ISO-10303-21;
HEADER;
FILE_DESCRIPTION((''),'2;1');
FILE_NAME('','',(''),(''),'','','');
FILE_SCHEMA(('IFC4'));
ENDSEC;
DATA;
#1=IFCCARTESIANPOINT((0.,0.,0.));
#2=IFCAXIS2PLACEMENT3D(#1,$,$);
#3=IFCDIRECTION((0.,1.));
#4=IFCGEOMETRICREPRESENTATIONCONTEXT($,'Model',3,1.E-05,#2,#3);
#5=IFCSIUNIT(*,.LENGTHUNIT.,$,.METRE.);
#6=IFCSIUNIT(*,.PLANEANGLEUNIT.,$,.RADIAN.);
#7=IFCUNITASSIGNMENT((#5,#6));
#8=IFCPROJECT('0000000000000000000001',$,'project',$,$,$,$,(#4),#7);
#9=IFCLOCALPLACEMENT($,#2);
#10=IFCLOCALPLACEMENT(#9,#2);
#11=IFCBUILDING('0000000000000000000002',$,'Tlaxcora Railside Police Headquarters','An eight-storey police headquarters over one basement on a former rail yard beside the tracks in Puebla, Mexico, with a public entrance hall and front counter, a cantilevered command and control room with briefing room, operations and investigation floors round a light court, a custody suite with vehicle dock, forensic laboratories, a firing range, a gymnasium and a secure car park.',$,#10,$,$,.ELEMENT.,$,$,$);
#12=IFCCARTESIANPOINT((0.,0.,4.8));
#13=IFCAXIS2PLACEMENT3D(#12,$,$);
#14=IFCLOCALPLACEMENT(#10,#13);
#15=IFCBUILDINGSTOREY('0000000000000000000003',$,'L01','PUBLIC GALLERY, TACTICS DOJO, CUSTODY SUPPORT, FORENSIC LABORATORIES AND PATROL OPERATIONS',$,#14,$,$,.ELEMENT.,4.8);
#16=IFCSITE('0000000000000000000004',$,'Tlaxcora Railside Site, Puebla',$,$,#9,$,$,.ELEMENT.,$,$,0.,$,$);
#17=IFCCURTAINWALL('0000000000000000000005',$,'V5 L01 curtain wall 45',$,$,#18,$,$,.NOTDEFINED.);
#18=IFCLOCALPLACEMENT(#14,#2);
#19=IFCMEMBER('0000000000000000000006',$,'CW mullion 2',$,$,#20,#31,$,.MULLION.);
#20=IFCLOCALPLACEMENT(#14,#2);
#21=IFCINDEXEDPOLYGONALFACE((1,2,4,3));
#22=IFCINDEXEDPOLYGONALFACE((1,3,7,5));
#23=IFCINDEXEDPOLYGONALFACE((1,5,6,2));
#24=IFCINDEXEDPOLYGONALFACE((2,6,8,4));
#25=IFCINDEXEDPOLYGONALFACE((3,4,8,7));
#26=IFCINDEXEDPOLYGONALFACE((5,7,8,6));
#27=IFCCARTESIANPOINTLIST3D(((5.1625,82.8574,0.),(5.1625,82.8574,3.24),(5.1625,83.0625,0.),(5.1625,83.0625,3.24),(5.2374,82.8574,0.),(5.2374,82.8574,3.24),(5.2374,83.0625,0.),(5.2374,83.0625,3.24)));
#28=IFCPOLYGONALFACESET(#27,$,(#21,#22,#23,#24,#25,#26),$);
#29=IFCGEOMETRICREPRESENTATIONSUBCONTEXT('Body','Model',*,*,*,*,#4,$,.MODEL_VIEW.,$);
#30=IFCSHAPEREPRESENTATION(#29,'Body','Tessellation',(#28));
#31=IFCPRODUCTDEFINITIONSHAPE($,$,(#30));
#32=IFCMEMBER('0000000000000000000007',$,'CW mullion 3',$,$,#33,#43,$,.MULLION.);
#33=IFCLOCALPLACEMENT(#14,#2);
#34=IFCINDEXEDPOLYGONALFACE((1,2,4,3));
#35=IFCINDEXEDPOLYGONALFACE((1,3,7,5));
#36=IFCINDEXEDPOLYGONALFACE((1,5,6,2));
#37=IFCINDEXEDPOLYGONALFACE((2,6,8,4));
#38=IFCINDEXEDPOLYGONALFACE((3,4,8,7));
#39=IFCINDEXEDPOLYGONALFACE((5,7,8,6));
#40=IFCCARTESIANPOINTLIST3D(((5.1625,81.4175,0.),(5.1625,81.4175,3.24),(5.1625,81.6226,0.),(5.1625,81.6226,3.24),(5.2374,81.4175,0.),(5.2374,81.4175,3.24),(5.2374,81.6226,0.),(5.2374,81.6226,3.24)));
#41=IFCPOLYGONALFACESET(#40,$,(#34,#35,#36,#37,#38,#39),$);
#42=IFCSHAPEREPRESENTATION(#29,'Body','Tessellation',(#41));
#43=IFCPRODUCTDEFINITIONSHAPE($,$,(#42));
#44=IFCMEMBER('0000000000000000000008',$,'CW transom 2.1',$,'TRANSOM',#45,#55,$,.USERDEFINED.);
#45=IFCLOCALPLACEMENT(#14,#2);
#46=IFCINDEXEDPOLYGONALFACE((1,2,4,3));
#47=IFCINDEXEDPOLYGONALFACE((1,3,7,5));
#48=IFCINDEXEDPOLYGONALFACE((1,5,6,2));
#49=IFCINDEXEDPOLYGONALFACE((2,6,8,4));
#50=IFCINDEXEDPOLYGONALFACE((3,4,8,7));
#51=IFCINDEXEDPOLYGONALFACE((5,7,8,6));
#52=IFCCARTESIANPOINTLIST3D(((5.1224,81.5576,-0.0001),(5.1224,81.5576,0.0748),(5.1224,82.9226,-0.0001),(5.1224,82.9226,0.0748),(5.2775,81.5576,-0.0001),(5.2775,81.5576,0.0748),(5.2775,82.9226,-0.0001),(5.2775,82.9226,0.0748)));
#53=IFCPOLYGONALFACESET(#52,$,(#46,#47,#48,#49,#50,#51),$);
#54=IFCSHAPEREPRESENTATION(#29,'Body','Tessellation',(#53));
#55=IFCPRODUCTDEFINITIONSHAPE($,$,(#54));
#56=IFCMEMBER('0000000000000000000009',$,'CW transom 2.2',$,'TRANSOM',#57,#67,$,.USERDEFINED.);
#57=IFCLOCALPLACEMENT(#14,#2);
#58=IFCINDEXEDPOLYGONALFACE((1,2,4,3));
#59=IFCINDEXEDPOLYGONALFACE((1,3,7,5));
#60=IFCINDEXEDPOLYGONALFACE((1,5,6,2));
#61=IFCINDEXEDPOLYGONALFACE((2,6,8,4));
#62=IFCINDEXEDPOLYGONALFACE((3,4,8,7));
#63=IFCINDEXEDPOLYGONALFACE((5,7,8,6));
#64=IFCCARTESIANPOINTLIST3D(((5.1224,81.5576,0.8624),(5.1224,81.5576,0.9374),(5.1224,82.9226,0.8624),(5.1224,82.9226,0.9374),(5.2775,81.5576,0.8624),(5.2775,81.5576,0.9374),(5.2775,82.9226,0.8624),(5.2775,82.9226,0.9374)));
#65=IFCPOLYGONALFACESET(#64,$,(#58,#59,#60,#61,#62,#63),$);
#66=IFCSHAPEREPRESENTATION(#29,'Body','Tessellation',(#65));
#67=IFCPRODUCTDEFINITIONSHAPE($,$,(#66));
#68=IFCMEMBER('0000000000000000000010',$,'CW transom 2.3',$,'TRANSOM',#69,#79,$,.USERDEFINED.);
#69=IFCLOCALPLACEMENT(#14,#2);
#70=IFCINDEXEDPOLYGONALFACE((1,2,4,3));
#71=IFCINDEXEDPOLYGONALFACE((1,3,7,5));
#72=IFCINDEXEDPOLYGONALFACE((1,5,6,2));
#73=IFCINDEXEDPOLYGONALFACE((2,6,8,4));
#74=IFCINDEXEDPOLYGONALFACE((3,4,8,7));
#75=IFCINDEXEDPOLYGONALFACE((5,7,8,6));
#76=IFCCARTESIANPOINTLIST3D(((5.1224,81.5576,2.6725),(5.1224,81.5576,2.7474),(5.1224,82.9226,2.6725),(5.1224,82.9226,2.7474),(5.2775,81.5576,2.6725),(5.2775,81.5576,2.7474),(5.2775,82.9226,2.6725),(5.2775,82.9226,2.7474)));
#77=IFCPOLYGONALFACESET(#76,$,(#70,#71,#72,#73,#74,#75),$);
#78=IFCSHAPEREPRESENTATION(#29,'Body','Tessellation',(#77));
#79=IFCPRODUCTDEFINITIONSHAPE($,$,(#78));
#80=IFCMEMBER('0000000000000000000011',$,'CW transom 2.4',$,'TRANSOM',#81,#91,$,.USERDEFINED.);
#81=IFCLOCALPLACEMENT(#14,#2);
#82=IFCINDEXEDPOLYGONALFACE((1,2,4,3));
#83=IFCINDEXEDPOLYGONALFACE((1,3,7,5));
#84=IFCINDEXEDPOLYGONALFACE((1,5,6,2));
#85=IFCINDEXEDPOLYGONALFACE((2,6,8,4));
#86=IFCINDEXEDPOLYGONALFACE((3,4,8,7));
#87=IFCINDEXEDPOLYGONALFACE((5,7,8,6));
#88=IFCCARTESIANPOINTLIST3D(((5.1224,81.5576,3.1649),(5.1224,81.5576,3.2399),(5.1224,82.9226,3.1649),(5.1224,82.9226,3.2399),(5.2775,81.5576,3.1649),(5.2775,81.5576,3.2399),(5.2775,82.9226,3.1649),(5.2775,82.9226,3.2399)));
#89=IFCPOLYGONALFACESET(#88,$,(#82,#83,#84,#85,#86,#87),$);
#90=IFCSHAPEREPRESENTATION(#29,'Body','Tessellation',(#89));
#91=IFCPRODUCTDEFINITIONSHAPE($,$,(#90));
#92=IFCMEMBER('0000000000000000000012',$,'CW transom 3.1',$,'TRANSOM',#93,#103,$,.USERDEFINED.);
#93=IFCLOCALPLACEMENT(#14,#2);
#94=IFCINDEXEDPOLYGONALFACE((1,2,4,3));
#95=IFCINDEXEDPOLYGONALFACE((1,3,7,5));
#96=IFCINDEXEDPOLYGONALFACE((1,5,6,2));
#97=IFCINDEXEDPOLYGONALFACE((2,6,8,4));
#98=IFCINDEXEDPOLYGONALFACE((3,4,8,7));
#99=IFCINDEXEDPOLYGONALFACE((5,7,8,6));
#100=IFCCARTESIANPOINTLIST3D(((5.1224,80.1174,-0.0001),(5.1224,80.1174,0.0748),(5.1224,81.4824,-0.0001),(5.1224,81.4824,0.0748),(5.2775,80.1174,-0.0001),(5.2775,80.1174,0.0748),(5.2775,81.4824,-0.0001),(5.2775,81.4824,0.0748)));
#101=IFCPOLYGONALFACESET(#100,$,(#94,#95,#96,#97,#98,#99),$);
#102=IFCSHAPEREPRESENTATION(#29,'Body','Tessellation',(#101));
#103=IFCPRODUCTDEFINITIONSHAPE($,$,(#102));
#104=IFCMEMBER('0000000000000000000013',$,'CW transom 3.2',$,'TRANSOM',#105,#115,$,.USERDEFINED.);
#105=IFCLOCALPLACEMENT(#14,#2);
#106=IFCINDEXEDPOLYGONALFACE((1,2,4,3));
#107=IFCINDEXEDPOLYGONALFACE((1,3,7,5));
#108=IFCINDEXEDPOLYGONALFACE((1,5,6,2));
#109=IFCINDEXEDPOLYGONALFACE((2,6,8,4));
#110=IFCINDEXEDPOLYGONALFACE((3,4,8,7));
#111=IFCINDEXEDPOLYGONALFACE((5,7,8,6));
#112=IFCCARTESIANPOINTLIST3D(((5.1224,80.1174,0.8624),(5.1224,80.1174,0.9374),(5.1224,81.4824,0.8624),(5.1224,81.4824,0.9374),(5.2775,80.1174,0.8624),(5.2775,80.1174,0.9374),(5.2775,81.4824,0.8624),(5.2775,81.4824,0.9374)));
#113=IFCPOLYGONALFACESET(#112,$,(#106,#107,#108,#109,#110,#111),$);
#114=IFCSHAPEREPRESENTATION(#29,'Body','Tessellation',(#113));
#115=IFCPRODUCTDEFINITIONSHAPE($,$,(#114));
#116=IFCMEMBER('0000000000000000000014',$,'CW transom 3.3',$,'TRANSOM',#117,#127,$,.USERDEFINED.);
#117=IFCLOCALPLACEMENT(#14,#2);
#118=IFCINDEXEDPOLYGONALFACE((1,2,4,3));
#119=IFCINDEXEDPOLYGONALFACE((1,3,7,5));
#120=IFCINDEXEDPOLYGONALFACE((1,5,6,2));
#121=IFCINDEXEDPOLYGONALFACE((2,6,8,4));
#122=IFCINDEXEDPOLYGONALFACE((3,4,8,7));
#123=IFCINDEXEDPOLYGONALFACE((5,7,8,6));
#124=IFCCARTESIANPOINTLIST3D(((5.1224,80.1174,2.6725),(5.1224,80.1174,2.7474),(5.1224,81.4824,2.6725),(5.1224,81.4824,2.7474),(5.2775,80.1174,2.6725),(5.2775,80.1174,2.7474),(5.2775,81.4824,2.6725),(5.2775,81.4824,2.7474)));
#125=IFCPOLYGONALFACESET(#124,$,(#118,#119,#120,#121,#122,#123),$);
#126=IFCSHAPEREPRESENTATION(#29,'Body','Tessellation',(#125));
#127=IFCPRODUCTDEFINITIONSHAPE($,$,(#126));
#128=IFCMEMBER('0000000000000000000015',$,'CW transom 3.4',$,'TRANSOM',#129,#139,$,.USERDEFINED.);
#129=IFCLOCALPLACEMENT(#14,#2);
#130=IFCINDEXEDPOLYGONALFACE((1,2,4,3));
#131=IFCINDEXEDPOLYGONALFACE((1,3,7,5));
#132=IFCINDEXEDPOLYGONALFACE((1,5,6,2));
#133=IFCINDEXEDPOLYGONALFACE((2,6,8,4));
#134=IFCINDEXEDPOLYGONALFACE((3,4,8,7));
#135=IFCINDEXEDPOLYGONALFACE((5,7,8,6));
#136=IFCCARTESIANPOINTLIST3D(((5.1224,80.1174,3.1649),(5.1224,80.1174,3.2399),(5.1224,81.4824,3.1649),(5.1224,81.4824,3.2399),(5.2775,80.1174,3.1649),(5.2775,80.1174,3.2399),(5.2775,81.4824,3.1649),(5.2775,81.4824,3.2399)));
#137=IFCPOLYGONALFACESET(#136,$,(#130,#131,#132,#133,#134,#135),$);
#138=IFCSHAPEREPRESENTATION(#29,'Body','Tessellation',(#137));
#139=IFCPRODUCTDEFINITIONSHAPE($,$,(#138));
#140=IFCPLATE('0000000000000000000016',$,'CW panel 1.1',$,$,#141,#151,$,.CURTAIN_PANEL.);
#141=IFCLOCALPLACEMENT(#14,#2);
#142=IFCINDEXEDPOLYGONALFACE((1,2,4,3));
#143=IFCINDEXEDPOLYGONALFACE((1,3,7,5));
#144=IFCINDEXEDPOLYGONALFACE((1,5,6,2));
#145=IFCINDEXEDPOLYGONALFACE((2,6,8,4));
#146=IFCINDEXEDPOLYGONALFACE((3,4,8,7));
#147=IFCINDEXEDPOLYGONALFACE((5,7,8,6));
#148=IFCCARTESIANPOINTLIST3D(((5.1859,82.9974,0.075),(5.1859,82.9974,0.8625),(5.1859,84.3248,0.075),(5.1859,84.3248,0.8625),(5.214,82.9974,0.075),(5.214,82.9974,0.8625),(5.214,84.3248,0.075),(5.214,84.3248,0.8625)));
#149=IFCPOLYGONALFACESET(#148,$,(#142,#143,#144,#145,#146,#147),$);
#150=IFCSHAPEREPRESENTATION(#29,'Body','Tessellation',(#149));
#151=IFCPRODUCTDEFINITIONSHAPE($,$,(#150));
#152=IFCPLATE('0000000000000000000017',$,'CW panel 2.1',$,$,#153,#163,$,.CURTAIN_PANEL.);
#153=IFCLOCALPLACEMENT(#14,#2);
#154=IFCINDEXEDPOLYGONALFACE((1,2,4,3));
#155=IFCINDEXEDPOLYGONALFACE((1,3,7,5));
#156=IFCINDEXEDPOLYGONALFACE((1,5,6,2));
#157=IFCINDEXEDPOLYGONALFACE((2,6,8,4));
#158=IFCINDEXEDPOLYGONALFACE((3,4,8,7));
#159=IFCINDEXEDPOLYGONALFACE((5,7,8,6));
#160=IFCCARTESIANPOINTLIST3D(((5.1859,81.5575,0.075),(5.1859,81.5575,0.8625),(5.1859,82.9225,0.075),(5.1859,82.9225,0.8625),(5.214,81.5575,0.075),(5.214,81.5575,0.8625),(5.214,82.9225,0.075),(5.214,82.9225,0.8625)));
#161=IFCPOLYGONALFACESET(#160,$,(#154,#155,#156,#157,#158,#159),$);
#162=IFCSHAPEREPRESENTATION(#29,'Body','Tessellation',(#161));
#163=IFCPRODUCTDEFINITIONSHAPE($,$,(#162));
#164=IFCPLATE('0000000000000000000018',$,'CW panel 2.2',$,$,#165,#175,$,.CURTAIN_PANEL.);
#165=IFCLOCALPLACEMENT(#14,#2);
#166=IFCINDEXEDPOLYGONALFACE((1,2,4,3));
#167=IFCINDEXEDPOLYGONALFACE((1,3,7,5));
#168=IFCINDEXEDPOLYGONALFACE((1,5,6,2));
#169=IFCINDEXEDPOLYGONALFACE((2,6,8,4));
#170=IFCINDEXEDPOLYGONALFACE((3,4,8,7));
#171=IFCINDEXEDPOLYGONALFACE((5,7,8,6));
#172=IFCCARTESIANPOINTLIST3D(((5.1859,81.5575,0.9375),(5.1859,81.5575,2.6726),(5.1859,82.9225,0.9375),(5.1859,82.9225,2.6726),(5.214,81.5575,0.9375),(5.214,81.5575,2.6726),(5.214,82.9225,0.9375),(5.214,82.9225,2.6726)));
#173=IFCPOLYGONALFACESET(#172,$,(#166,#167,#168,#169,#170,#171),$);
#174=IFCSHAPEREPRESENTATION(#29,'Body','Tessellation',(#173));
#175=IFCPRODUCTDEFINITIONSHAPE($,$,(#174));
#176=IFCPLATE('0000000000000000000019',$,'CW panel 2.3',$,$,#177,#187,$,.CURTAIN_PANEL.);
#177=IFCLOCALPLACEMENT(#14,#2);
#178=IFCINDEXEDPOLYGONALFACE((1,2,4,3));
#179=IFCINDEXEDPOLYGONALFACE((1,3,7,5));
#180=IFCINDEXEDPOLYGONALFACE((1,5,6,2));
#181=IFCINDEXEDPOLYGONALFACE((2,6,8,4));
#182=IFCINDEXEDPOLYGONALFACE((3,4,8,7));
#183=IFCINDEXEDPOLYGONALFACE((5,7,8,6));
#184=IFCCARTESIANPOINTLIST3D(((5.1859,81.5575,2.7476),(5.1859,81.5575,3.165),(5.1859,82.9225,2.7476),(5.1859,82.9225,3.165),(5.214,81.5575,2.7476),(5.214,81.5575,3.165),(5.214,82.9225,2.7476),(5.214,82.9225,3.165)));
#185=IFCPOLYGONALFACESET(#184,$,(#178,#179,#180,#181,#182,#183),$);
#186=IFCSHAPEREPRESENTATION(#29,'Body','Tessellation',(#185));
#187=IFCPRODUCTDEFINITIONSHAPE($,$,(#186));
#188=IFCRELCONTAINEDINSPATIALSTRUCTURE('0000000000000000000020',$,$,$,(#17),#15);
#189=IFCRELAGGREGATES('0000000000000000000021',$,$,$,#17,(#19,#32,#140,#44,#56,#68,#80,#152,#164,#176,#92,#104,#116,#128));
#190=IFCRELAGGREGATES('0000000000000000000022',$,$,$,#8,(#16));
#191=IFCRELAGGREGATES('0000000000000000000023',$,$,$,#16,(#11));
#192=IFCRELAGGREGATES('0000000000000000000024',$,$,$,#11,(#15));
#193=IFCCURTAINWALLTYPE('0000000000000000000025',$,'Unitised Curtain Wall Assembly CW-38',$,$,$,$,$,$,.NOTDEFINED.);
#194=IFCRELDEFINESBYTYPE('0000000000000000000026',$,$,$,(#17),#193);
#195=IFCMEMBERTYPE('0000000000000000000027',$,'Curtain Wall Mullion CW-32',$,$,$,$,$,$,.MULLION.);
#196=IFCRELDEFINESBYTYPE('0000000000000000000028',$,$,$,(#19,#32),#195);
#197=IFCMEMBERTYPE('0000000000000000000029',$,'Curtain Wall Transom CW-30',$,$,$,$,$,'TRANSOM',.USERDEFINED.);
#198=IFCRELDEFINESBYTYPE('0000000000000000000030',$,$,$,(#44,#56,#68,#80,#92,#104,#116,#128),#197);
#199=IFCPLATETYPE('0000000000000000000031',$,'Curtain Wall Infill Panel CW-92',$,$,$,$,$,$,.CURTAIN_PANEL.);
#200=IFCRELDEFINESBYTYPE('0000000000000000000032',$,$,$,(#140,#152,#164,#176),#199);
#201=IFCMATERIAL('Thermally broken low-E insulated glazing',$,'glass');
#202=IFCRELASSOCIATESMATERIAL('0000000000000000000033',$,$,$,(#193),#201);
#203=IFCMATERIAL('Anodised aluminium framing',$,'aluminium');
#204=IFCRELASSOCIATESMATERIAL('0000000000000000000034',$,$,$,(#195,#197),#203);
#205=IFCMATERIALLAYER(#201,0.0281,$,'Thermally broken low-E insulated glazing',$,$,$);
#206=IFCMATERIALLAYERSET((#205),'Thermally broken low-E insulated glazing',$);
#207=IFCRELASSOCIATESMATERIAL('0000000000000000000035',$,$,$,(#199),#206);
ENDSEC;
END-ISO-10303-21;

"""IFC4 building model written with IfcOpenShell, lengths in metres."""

from ifc_helpers import new_model, si_unit, direction, frame, origin, origin_2d, place, context, subcontext, project, spatial, rectangle, extrude, material, layer, layer_set, material_profile, profile_set, type_object, element, aggregate, save


model = new_model("IFC4")

# Units and contexts
model_context = context("Model", 3, precision=1e-05, world=origin(), true_north=direction((0.0, 1.0)))
body_context = subcontext(model_context, "Body", "Model", "MODEL_VIEW")
ifc_project = project(units=[si_unit("LENGTHUNIT", "METRE"), si_unit("PLANEANGLEUNIT", "RADIAN")], contexts=[model_context])

# Site, building, storey
site_placement = place(None, origin())
site = spatial("IfcSite", under=ifc_project, at=site_placement, Name="Tlaxcora Railside Site, Puebla", CompositionType="ELEMENT", RefElevation=0.0)
building_placement = place(site_placement, origin())
building = spatial("IfcBuilding", under=site, at=building_placement, Name="Tlaxcora Railside Police Headquarters", Description="An eight-storey police headquarters over one basement on a former rail yard beside the tracks in Puebla, Mexico, with a public entrance hall and front counter, a cantilevered command and control room with briefing room, operations and investigation floors round a light court, a custody suite with vehicle dock, forensic laboratories, a firing range, a gymnasium and a secure car park.", CompositionType="ELEMENT")
storey_placement = place(building_placement, frame((0.0, 0.0, 4.8)))
storey = spatial("IfcBuildingStorey", under=building, at=storey_placement, Name="L01", Description="PUBLIC GALLERY, TACTICS DOJO, CUSTODY SUPPORT, FORENSIC LABORATORIES AND PATROL OPERATIONS", CompositionType="ELEMENT", Elevation=4.8)

# Curtain wall, members, plates
ifc_material_1 = material(Name="Thermally broken low-E insulated glazing", Category="glass")
curtain_wall_type = type_object("IfcCurtainWallType", Name="Unitised Curtain Wall Assembly CW-38", PredefinedType="NOTDEFINED", material=ifc_material_1)
curtain_wall_placement = place(storey_placement, origin())
curtain_wall = element("IfcCurtainWall", 1, at=curtain_wall_placement, inside=storey, type_object=curtain_wall_type, Name="V5 L01 curtain wall 45", PredefinedType="NOTDEFINED")
ifc_material_2 = material(Name="Anodised aluminium framing", Category="aluminium")
ifc_material_profile_1 = material_profile(ifc_material_2, rectangle(XDim=0.075, YDim=0.2051, at=origin_2d()), Name="AL75X205")
ifc_profile_set_1 = profile_set([ifc_material_profile_1], Name="Anodised aluminium framing")
member_type_1 = type_object("IfcMemberType", Name="Curtain Wall Mullion CW-32", PredefinedType="MULLION", material=ifc_profile_set_1)
member_1_placement = place(storey_placement, frame((5.2, 82.96, 0.0), z_axis=(0.0, 0.0, 1.0), x_axis=(1.0, 0.0, 0.0)))
member_1 = element("IfcMember", 2, at=member_1_placement, type_object=member_type_1, Name="CW mullion 2", PredefinedType="MULLION", context=body_context, shape_type="SweptSolid", body=[
    extrude(rectangle(XDim=0.075, YDim=0.2051, at=origin_2d()), origin(), (0.0, 0.0, 1.0), 3.24),
])
member_2_placement = place(storey_placement, frame((5.2, 81.52, 0.0), z_axis=(0.0, 0.0, 1.0), x_axis=(1.0, 0.0, 0.0)))
member_2 = element("IfcMember", 3, at=member_2_placement, type_object=member_type_1, Name="CW mullion 3", PredefinedType="MULLION", context=body_context, shape_type="SweptSolid", body=[
    extrude(rectangle(XDim=0.075, YDim=0.2051, at=origin_2d()), origin(), (0.0, 0.0, 1.0), 3.24),
])
ifc_material_profile_2 = material_profile(ifc_material_2, rectangle(XDim=0.155, YDim=0.075, at=origin_2d()), Name="AL75X155")
ifc_profile_set_2 = profile_set([ifc_material_profile_2], Name="Anodised aluminium framing")
member_type_2 = type_object("IfcMemberType", Name="Curtain Wall Transom CW-30", ElementType="TRANSOM", PredefinedType="USERDEFINED", material=ifc_profile_set_2)
member_3_placement = place(storey_placement, frame((5.2, 82.9226, 0.0374), z_axis=(0.0, -1.0, 0.0), x_axis=(1.0, 0.0, 0.0)))
member_3 = element("IfcMember", 4, at=member_3_placement, type_object=member_type_2, Name="CW transom 2.1", ObjectType="TRANSOM", PredefinedType="USERDEFINED", context=body_context, shape_type="SweptSolid", body=[
    extrude(rectangle(XDim=0.155, YDim=0.075, at=origin_2d()), origin(), (0.0, 0.0, 1.0), 1.365),
])
member_4_placement = place(storey_placement, frame((5.2, 82.9226, 0.8999), z_axis=(0.0, -1.0, 0.0), x_axis=(1.0, 0.0, 0.0)))
member_4 = element("IfcMember", 5, at=member_4_placement, type_object=member_type_2, Name="CW transom 2.2", ObjectType="TRANSOM", PredefinedType="USERDEFINED", context=body_context, shape_type="SweptSolid", body=[
    extrude(rectangle(XDim=0.155, YDim=0.075, at=origin_2d()), origin(), (0.0, 0.0, 1.0), 1.365),
])
member_5_placement = place(storey_placement, frame((5.2, 82.9226, 2.71), z_axis=(0.0, -1.0, 0.0), x_axis=(1.0, 0.0, 0.0)))
member_5 = element("IfcMember", 6, at=member_5_placement, type_object=member_type_2, Name="CW transom 2.3", ObjectType="TRANSOM", PredefinedType="USERDEFINED", context=body_context, shape_type="SweptSolid", body=[
    extrude(rectangle(XDim=0.155, YDim=0.075, at=origin_2d()), origin(), (0.0, 0.0, 1.0), 1.365),
])
member_6_placement = place(storey_placement, frame((5.2, 82.9226, 3.2024), z_axis=(0.0, -1.0, 0.0), x_axis=(1.0, 0.0, 0.0)))
member_6 = element("IfcMember", 7, at=member_6_placement, type_object=member_type_2, Name="CW transom 2.4", ObjectType="TRANSOM", PredefinedType="USERDEFINED", context=body_context, shape_type="SweptSolid", body=[
    extrude(rectangle(XDim=0.155, YDim=0.075, at=origin_2d()), origin(), (0.0, 0.0, 1.0), 1.365),
])
member_7_placement = place(storey_placement, frame((5.2, 81.4824, 0.0374), z_axis=(0.0, -1.0, 0.0), x_axis=(1.0, 0.0, 0.0)))
member_7 = element("IfcMember", 8, at=member_7_placement, type_object=member_type_2, Name="CW transom 3.1", ObjectType="TRANSOM", PredefinedType="USERDEFINED", context=body_context, shape_type="SweptSolid", body=[
    extrude(rectangle(XDim=0.155, YDim=0.075, at=origin_2d()), origin(), (0.0, 0.0, 1.0), 1.365),
])
member_8_placement = place(storey_placement, frame((5.2, 81.4824, 0.8999), z_axis=(0.0, -1.0, 0.0), x_axis=(1.0, 0.0, 0.0)))
member_8 = element("IfcMember", 9, at=member_8_placement, type_object=member_type_2, Name="CW transom 3.2", ObjectType="TRANSOM", PredefinedType="USERDEFINED", context=body_context, shape_type="SweptSolid", body=[
    extrude(rectangle(XDim=0.155, YDim=0.075, at=origin_2d()), origin(), (0.0, 0.0, 1.0), 1.365),
])
member_9_placement = place(storey_placement, frame((5.2, 81.4824, 2.71), z_axis=(0.0, -1.0, 0.0), x_axis=(1.0, 0.0, 0.0)))
member_9 = element("IfcMember", 10, at=member_9_placement, type_object=member_type_2, Name="CW transom 3.3", ObjectType="TRANSOM", PredefinedType="USERDEFINED", context=body_context, shape_type="SweptSolid", body=[
    extrude(rectangle(XDim=0.155, YDim=0.075, at=origin_2d()), origin(), (0.0, 0.0, 1.0), 1.365),
])
member_10_placement = place(storey_placement, frame((5.2, 81.4824, 3.2024), z_axis=(0.0, -1.0, 0.0), x_axis=(1.0, 0.0, 0.0)))
member_10 = element("IfcMember", 11, at=member_10_placement, type_object=member_type_2, Name="CW transom 3.4", ObjectType="TRANSOM", PredefinedType="USERDEFINED", context=body_context, shape_type="SweptSolid", body=[
    extrude(rectangle(XDim=0.155, YDim=0.075, at=origin_2d()), origin(), (0.0, 0.0, 1.0), 1.365),
])
ifc_layer_1 = layer(ifc_material_1, 0.0281, Name="Thermally broken low-E insulated glazing")
ifc_layer_set_1 = layer_set([ifc_layer_1], Name="Thermally broken low-E insulated glazing")
plate_type = type_object("IfcPlateType", Name="Curtain Wall Infill Panel CW-92", PredefinedType="CURTAIN_PANEL", material=ifc_layer_set_1)
plate_1_placement = place(storey_placement, frame((5.2, 83.6611, 0.075), z_axis=(0.0, 0.0, 1.0), x_axis=(0.0, -1.0, 0.0)))
plate_1 = element("IfcPlate", 12, at=plate_1_placement, type_object=plate_type, Name="CW panel 1.1", PredefinedType="CURTAIN_PANEL", context=body_context, shape_type="SweptSolid", body=[
    extrude(rectangle(XDim=1.3274, YDim=0.0281, at=origin_2d()), origin(), (0.0, 0.0, 1.0), 0.7876),
])
plate_2_placement = place(storey_placement, frame((5.2, 82.24, 0.075), z_axis=(0.0, 0.0, 1.0), x_axis=(0.0, -1.0, 0.0)))
plate_2 = element("IfcPlate", 13, at=plate_2_placement, type_object=plate_type, Name="CW panel 2.1", PredefinedType="CURTAIN_PANEL", context=body_context, shape_type="SweptSolid", body=[
    extrude(rectangle(XDim=1.365, YDim=0.0281, at=origin_2d()), origin(), (0.0, 0.0, 1.0), 0.7876),
])
plate_3_placement = place(storey_placement, frame((5.2, 82.24, 0.9375), z_axis=(0.0, 0.0, 1.0), x_axis=(0.0, -1.0, 0.0)))
plate_3 = element("IfcPlate", 14, at=plate_3_placement, type_object=plate_type, Name="CW panel 2.2", PredefinedType="CURTAIN_PANEL", context=body_context, shape_type="SweptSolid", body=[
    extrude(rectangle(XDim=1.365, YDim=0.0281, at=origin_2d()), origin(), (0.0, 0.0, 1.0), 1.7351),
])
plate_4_placement = place(storey_placement, frame((5.2, 82.24, 2.7476), z_axis=(0.0, 0.0, 1.0), x_axis=(0.0, -1.0, 0.0)))
plate_4 = element("IfcPlate", 15, at=plate_4_placement, type_object=plate_type, Name="CW panel 2.3", PredefinedType="CURTAIN_PANEL", context=body_context, shape_type="SweptSolid", body=[
    extrude(rectangle(XDim=1.365, YDim=0.0281, at=origin_2d()), origin(), (0.0, 0.0, 1.0), 0.4175),
])
aggregate(curtain_wall, [member_1, member_2, plate_1, member_3, member_4, member_5, member_6, plate_2, plate_3, plate_4, member_7, member_8, member_9, member_10])

save(model, "model.ifc")
